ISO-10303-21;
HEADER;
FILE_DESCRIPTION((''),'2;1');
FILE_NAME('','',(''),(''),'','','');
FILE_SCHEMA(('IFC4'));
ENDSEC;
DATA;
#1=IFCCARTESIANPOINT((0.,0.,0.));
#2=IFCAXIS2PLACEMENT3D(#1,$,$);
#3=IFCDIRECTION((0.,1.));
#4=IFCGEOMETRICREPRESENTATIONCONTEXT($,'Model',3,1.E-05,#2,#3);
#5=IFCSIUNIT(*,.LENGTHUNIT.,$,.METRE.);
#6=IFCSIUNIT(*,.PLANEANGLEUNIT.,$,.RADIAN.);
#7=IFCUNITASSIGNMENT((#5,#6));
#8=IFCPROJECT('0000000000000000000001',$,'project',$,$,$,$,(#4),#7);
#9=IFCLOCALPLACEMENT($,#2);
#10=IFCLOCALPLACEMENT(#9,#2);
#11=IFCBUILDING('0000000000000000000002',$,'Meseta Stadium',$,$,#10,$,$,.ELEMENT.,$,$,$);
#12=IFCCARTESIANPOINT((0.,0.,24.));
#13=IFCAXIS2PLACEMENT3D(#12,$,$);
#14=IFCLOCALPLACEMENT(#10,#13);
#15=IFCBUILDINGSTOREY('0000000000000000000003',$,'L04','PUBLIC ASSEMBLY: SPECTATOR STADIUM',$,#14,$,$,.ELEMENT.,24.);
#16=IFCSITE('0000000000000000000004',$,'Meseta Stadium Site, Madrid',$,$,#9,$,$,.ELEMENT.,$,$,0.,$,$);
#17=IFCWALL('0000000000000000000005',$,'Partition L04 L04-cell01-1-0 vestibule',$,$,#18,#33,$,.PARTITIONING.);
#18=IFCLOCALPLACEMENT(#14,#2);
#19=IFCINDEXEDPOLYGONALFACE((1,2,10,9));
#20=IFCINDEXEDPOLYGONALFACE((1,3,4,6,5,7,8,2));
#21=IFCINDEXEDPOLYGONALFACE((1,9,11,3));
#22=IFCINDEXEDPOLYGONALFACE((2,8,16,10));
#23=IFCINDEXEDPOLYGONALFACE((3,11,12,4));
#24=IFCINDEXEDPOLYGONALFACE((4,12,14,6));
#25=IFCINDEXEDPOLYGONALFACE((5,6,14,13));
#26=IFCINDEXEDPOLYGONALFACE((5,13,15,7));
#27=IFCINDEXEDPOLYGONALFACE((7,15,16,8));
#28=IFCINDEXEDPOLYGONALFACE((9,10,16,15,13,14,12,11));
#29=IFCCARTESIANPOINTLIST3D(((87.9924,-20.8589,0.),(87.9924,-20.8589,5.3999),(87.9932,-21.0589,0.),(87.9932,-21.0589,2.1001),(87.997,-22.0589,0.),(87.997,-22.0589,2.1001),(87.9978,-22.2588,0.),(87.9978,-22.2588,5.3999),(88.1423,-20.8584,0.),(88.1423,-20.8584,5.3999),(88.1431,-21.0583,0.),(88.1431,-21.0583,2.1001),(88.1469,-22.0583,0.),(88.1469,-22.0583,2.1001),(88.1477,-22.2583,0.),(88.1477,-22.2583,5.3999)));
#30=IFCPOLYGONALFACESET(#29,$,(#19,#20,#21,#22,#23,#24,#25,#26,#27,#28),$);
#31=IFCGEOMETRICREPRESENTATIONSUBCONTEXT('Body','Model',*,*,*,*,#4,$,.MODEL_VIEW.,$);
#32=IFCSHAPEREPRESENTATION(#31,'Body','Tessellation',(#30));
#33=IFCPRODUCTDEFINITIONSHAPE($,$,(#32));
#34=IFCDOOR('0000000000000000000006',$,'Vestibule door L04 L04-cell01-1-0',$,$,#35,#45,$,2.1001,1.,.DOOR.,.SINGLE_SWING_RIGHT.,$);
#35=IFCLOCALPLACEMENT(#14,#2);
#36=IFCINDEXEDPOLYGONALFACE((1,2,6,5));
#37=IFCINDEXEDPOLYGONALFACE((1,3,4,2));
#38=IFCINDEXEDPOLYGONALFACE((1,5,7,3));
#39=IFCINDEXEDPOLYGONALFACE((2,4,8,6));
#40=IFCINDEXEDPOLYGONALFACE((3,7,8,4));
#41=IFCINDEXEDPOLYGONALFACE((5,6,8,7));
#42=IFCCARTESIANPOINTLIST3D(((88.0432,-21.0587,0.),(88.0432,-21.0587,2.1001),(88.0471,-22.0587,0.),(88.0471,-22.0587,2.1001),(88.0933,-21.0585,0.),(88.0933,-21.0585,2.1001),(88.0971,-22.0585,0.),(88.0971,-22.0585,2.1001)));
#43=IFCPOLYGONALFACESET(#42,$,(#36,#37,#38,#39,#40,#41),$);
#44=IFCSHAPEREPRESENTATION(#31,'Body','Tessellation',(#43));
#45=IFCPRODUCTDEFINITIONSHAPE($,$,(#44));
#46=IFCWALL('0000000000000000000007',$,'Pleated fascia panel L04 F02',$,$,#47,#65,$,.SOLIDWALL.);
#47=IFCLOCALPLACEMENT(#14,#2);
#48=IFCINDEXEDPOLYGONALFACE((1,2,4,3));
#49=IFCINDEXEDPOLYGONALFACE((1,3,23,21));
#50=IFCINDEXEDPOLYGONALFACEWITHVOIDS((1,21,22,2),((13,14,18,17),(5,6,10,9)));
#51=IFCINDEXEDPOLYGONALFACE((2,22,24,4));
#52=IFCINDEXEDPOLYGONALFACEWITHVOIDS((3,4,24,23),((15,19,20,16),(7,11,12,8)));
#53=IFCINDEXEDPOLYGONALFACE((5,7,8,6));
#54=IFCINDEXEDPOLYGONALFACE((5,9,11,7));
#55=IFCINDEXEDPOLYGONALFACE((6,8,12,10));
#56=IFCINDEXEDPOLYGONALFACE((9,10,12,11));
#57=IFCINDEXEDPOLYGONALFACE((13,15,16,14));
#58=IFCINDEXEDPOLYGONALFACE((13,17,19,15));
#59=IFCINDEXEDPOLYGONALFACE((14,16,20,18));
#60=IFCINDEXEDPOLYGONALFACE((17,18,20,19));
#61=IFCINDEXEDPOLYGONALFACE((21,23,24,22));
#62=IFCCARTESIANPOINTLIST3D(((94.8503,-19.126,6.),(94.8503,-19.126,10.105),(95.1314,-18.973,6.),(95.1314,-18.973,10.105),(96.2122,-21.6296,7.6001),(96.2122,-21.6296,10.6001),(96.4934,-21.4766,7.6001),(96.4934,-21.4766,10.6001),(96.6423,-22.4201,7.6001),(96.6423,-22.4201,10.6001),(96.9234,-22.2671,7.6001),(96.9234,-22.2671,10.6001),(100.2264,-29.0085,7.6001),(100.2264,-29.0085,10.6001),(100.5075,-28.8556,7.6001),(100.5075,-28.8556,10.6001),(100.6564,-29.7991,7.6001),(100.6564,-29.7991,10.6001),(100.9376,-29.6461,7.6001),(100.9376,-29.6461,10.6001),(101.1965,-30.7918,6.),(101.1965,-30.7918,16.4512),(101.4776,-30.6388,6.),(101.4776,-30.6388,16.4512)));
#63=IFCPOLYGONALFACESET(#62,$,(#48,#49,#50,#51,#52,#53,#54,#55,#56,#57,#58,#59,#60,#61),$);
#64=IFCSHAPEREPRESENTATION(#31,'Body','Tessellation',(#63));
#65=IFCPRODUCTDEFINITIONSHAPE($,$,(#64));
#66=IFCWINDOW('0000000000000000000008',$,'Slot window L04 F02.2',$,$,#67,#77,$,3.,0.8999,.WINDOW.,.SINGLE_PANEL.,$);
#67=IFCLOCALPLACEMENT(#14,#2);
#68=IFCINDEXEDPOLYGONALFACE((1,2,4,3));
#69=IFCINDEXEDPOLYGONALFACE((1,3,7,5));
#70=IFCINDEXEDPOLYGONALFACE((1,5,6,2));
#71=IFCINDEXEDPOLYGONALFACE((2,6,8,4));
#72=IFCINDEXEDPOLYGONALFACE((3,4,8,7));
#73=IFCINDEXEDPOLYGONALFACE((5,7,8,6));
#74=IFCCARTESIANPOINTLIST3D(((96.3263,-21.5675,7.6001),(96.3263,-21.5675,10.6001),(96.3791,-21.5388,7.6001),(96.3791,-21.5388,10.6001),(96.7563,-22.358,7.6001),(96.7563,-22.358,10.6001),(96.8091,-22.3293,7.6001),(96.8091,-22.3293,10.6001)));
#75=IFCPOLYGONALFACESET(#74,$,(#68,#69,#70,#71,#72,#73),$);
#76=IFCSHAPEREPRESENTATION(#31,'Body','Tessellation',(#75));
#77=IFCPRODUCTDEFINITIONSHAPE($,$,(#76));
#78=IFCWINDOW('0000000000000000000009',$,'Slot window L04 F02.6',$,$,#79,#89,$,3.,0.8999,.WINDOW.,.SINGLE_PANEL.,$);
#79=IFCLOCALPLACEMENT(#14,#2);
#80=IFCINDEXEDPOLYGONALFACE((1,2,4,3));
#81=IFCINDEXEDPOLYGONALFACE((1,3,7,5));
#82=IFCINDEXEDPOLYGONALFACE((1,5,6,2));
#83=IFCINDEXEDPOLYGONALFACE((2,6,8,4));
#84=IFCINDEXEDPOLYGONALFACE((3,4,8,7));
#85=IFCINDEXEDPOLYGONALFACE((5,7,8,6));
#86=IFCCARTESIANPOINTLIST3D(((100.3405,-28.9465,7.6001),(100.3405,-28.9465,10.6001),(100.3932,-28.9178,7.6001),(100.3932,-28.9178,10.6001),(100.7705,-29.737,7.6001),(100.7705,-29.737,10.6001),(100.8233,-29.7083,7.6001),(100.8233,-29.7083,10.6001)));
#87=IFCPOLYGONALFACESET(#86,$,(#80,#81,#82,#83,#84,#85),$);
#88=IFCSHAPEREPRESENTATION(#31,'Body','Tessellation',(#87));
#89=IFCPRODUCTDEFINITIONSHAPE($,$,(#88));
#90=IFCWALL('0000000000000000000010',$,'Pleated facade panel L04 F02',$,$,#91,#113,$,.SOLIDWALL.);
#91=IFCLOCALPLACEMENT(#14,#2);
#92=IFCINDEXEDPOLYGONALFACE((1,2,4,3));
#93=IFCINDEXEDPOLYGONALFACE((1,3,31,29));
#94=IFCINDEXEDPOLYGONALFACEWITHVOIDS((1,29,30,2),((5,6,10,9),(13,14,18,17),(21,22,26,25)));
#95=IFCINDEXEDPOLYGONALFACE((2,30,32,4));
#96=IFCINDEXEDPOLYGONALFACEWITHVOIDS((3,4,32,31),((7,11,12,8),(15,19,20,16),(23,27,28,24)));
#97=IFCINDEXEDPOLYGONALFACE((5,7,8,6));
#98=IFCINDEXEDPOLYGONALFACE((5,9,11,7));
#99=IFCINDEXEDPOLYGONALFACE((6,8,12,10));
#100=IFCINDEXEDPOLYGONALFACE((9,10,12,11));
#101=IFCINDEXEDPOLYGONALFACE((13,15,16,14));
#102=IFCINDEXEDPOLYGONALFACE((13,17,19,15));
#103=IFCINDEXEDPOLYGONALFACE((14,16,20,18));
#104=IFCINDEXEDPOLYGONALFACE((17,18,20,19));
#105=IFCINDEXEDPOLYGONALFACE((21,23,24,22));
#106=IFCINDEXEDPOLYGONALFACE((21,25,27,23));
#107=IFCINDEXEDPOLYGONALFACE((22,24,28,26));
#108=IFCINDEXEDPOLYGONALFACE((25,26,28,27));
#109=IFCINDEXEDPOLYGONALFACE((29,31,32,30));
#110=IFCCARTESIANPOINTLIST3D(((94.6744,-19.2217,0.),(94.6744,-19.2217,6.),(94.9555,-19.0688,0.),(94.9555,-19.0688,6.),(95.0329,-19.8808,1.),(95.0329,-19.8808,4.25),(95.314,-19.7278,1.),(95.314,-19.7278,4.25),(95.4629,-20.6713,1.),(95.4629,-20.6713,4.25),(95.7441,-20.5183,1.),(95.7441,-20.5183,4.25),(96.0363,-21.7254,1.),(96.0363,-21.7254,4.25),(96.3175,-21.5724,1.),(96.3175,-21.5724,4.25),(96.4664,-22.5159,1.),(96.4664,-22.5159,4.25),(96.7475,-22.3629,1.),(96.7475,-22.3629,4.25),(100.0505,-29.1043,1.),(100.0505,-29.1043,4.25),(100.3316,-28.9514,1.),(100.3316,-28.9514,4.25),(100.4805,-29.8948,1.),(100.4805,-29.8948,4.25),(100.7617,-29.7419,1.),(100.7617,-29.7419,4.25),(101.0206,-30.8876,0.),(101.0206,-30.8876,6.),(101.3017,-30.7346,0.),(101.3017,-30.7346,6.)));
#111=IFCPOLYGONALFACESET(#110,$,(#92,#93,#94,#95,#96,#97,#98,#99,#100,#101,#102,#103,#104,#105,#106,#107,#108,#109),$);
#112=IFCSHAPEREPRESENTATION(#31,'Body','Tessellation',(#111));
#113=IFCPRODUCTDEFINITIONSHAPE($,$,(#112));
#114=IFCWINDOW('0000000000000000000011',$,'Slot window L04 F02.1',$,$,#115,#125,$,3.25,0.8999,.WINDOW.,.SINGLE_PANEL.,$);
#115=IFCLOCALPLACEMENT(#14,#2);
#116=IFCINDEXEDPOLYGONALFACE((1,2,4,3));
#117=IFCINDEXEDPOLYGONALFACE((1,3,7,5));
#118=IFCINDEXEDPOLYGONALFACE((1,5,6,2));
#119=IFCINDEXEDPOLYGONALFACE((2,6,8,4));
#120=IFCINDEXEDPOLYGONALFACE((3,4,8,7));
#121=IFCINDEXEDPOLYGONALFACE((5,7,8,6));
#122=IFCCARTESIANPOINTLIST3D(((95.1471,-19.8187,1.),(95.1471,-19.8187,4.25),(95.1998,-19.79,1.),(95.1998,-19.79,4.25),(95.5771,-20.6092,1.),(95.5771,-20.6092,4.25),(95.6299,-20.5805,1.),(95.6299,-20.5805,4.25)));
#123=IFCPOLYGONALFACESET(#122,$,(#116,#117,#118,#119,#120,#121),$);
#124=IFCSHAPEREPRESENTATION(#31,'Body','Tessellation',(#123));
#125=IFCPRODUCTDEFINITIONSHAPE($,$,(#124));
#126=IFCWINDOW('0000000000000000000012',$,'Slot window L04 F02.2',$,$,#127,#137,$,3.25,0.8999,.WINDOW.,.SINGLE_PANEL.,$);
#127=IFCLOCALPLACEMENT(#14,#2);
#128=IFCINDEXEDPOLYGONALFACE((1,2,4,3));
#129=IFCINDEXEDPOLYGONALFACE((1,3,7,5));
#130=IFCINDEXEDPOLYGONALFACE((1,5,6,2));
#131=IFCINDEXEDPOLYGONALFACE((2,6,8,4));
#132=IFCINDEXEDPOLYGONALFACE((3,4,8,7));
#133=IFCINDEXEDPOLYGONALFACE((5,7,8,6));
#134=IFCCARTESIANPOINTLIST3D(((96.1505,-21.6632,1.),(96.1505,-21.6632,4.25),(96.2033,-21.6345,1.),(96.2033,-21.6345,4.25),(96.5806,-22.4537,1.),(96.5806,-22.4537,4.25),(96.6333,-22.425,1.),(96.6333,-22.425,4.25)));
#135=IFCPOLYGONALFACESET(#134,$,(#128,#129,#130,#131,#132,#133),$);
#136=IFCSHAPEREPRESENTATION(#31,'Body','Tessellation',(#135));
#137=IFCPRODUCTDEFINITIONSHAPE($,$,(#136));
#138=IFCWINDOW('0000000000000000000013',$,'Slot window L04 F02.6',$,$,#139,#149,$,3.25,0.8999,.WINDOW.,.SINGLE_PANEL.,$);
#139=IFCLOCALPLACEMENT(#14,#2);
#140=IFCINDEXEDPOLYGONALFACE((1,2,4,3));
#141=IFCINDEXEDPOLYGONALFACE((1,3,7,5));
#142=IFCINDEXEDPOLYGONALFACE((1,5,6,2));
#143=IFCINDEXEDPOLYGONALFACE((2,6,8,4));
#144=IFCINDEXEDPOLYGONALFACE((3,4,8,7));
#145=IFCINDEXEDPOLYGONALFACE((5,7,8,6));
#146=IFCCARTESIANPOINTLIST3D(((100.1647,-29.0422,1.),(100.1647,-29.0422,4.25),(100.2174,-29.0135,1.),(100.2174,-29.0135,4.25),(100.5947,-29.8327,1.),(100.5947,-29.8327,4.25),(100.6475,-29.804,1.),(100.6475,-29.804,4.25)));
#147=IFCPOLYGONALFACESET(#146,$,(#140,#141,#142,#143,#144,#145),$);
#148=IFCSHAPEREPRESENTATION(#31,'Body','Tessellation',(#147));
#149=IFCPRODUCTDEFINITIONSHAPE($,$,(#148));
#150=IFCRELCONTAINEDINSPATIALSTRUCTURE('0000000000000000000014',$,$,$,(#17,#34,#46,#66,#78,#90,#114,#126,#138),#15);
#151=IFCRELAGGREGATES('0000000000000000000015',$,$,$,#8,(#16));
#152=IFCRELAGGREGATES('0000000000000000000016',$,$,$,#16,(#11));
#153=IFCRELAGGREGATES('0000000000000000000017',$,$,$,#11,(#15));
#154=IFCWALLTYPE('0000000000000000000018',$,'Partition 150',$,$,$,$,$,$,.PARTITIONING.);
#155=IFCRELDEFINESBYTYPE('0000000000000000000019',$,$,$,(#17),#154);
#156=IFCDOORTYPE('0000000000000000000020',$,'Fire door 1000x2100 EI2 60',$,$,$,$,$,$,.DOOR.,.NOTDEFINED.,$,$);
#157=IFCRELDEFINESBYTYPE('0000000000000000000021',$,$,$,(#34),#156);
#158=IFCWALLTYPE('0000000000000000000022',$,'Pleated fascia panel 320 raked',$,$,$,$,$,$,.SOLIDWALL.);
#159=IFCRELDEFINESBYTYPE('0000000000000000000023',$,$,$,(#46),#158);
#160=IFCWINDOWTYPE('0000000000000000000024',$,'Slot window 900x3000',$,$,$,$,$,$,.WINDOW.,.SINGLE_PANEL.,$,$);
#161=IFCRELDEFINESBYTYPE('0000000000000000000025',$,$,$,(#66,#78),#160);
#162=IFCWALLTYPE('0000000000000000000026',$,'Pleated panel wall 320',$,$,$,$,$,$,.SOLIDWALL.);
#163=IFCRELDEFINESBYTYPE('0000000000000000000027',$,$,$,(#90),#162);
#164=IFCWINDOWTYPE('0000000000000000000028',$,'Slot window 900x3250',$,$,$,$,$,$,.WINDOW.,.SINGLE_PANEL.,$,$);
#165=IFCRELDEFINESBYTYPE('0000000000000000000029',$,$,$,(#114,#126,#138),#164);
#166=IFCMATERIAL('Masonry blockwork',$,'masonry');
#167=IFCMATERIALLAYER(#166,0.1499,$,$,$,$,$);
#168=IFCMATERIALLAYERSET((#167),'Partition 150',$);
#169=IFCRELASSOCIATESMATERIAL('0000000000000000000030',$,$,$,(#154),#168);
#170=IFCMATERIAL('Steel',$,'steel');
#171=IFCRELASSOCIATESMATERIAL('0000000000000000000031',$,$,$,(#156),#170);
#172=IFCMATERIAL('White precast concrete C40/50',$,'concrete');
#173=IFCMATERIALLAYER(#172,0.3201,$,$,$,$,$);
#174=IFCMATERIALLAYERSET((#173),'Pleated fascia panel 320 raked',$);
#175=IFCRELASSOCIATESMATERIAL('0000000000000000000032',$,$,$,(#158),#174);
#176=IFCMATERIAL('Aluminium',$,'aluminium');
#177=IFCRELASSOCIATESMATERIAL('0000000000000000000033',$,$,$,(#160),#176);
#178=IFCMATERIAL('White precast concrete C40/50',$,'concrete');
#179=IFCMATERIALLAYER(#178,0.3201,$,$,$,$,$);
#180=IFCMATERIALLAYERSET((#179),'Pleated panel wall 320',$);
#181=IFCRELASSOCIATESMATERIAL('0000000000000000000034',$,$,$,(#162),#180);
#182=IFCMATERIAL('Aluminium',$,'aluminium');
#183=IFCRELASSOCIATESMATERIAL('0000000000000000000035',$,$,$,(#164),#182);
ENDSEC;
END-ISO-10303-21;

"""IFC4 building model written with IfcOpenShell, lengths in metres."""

from ifc_helpers import new_model, si_unit, direction, frame, frame_2d, origin, place, context, subcontext, project, spatial, polyline, rectangle, outline, extrude, material, layer, layer_set, type_object, element, fill, save


model = new_model("IFC4")

# Units and contexts
model_context = context("Model", 3, precision=1e-05, world=origin(), true_north=direction((0.0, 1.0)))
body_context = subcontext(model_context, "Body", "Model", "MODEL_VIEW")
ifc_project = project(units=[si_unit("LENGTHUNIT", "METRE"), si_unit("PLANEANGLEUNIT", "RADIAN")], contexts=[model_context])

# Site, building, storey
site_placement = place(None, origin())
site = spatial("IfcSite", under=ifc_project, at=site_placement, Name="Meseta Stadium Site, Madrid", CompositionType="ELEMENT", RefElevation=0.0)
building_placement = place(site_placement, origin())
building = spatial("IfcBuilding", under=site, at=building_placement, Name="Meseta Stadium", CompositionType="ELEMENT")
storey_placement = place(building_placement, frame((0.0, 0.0, 24.0)))
storey = spatial("IfcBuildingStorey", under=building, at=storey_placement, Name="L04", Description="PUBLIC ASSEMBLY: SPECTATOR STADIUM", CompositionType="ELEMENT", Elevation=24.0)

# Shared definitions
ifc_material_1 = material(Name="Masonry blockwork", Category="masonry")
ifc_layer_1 = layer(ifc_material_1, 0.1499)
ifc_layer_set_1 = layer_set([ifc_layer_1], Name="Partition 150")
wall_type_1 = type_object("IfcWallType", Name="Partition 150", PredefinedType="PARTITIONING", material=ifc_layer_set_1)
ifc_material_2 = material(Name="Steel", Category="steel")
door_type = type_object("IfcDoorType", Name="Fire door 1000x2100 EI2 60", OperationType="NOTDEFINED", PredefinedType="DOOR", material=ifc_material_2)

# Wall, opening, door
wall_1_placement = place(storey_placement, frame((88.0728, -22.2585, 0.0), z_axis=(0.0, 0.0, 1.0), x_axis=(-0.003837, 0.999993, 0.0)))
wall_1 = element("IfcWall", 1, at=wall_1_placement, inside=storey, type_object=wall_type_1, Name="Partition L04 L04-cell01-1-0 vestibule", PredefinedType="PARTITIONING", context=body_context, shape_type="SweptSolid", body=[
    extrude(rectangle(XDim=1.3999, YDim=0.1499, at=frame_2d((0.7, 0.0))), origin(), (0.0, 0.0, 1.0), 5.3999),
])
opening_1_placement = place(wall_1_placement, frame((0.2, 0.0, 0.0)))
opening_1 = element("IfcOpeningElement", 2, at=opening_1_placement, cuts=wall_1, PredefinedType="OPENING", context=body_context, shape_type="SweptSolid", body=[
    extrude(rectangle(XDim=1.0, YDim=2.1001, at=frame_2d((0.5, 1.05))), frame((0.0, 0.085, 0.0), z_axis=(0.0, -1.0, 0.0), x_axis=(1.0, 0.0, 0.0)), (0.0, 0.0, 1.0), 0.1699),
])
door_1_placement = place(opening_1_placement, origin())
door_1 = element("IfcDoor", 3, at=door_1_placement, inside=storey, type_object=door_type, Name="Vestibule door L04 L04-cell01-1-0", OperationType="SINGLE_SWING_RIGHT", OverallHeight=2.1001, OverallWidth=1.0, PredefinedType="DOOR", context=body_context, shape_type="SweptSolid", body=[
    extrude(rectangle(XDim=1.0, YDim=2.1001, at=frame_2d((0.5, 1.05))), frame((0.0, 0.0249, 0.0), z_axis=(0.0, -1.0, 0.0), x_axis=(1.0, 0.0, 0.0)), (0.0, 0.0, 1.0), 0.05),
])
fill(opening_1, door_1)

# Walls, openings, windows
ifc_material_3 = material(Name="White precast concrete C40/50", Category="concrete")
ifc_layer_2 = layer(ifc_material_3, 0.3201)
ifc_layer_set_2 = layer_set([ifc_layer_2], Name="Pleated fascia panel 320 raked")
wall_type_2 = type_object("IfcWallType", Name="Pleated fascia panel 320 raked", PredefinedType="SOLIDWALL", material=ifc_layer_set_2)
wall_2_placement = place(storey_placement, frame((94.9907, -19.0496, 6.0), z_axis=(0.0, 0.0, 1.0), x_axis=(0.477868, -0.878432, 0.0)))
wall_2 = element("IfcWall", 4, at=wall_2_placement, inside=storey, type_object=wall_type_2, Name="Pleated fascia panel L04 F02", PredefinedType="SOLIDWALL", context=body_context, shape_type="SweptSolid", body=[
    extrude(outline(polyline([(0.0, 0.0), (13.2803, 0.0), (13.2803, 10.4512), (0.0, 4.105), (0.0, 0.0)])), frame((0.0, 0.1602, 0.0), z_axis=(0.0, -1.0, 0.0), x_axis=(1.0, 0.0, 0.0)), (0.0, 0.0, 1.0), 0.3201),
])
opening_2_placement = place(wall_2_placement, frame((2.8501, 0.0, 1.6001)))
opening_2 = element("IfcOpeningElement", 5, at=opening_2_placement, cuts=wall_2, PredefinedType="OPENING", context=body_context, shape_type="SweptSolid", body=[
    extrude(rectangle(XDim=0.8999, YDim=3.0, at=frame_2d((0.45, 1.5))), frame((0.0, 0.1699, 0.0), z_axis=(0.0, -1.0, 0.0), x_axis=(1.0, 0.0, 0.0)), (0.0, 0.0, 1.0), 0.3401),
])
opening_3_placement = place(wall_2_placement, frame((11.2502, 0.0, 1.6001)))
opening_3 = element("IfcOpeningElement", 6, at=opening_3_placement, cuts=wall_2, PredefinedType="OPENING", context=body_context, shape_type="SweptSolid", body=[
    extrude(rectangle(XDim=0.8999, YDim=3.0, at=frame_2d((0.45, 1.5))), frame((0.0, 0.1699, 0.0), z_axis=(0.0, -1.0, 0.0), x_axis=(1.0, 0.0, 0.0)), (0.0, 0.0, 1.0), 0.3401),
])
ifc_material_4 = material(Name="Aluminium", Category="aluminium")
window_type_1 = type_object("IfcWindowType", Name="Slot window 900x3000", PartitioningType="SINGLE_PANEL", PredefinedType="WINDOW", material=ifc_material_4)
window_1_placement = place(opening_2_placement, origin())
window_1 = element("IfcWindow", 7, at=window_1_placement, inside=storey, type_object=window_type_1, Name="Slot window L04 F02.2", OverallHeight=3.0, OverallWidth=0.8999, PartitioningType="SINGLE_PANEL", PredefinedType="WINDOW", context=body_context, shape_type="SweptSolid", body=[
    extrude(rectangle(XDim=0.8999, YDim=3.0, at=frame_2d((0.45, 1.5))), frame((0.0, 0.03, 0.0), z_axis=(0.0, -1.0, 0.0), x_axis=(1.0, 0.0, 0.0)), (0.0, 0.0, 1.0), 0.0601),
])
fill(opening_2, window_1)
window_2_placement = place(opening_3_placement, origin())
window_2 = element("IfcWindow", 8, at=window_2_placement, inside=storey, type_object=window_type_1, Name="Slot window L04 F02.6", OverallHeight=3.0, OverallWidth=0.8999, PartitioningType="SINGLE_PANEL", PredefinedType="WINDOW", context=body_context, shape_type="SweptSolid", body=[
    extrude(rectangle(XDim=0.8999, YDim=3.0, at=frame_2d((0.45, 1.5))), frame((0.0, 0.03, 0.0), z_axis=(0.0, -1.0, 0.0), x_axis=(1.0, 0.0, 0.0)), (0.0, 0.0, 1.0), 0.0601),
])
fill(opening_3, window_2)
ifc_material_5 = material(Name="White precast concrete C40/50", Category="concrete")
ifc_layer_3 = layer(ifc_material_5, 0.3201)
ifc_layer_set_3 = layer_set([ifc_layer_3], Name="Pleated panel wall 320")
wall_type_3 = type_object("IfcWallType", Name="Pleated panel wall 320", PredefinedType="SOLIDWALL", material=ifc_layer_set_3)
wall_3_placement = place(storey_placement, frame((94.8149, -19.1453, 0.0), z_axis=(0.0, 0.0, 1.0), x_axis=(0.477868, -0.878432, 0.0)))
wall_3 = element("IfcWall", 9, at=wall_3_placement, inside=storey, type_object=wall_type_3, Name="Pleated facade panel L04 F02", PredefinedType="SOLIDWALL", context=body_context, shape_type="SweptSolid", body=[
    extrude(rectangle(XDim=13.2803, YDim=0.3201, at=frame_2d((6.6401, 0.0))), origin(), (0.0, 0.0, 1.0), 6.0),
])
opening_4_placement = place(wall_3_placement, frame((0.7502, 0.0, 1.0)))
opening_4 = element("IfcOpeningElement", 10, at=opening_4_placement, cuts=wall_3, PredefinedType="OPENING", context=body_context, shape_type="SweptSolid", body=[
    extrude(rectangle(XDim=0.8999, YDim=3.25, at=frame_2d((0.45, 1.625))), frame((0.0, 0.1699, 0.0), z_axis=(0.0, -1.0, 0.0), x_axis=(1.0, 0.0, 0.0)), (0.0, 0.0, 1.0), 0.3401),
])
opening_5_placement = place(wall_3_placement, frame((2.8501, 0.0, 1.0)))
opening_5 = element("IfcOpeningElement", 11, at=opening_5_placement, cuts=wall_3, PredefinedType="OPENING", context=body_context, shape_type="SweptSolid", body=[
    extrude(rectangle(XDim=0.8999, YDim=3.25, at=frame_2d((0.45, 1.625))), frame((0.0, 0.1699, 0.0), z_axis=(0.0, -1.0, 0.0), x_axis=(1.0, 0.0, 0.0)), (0.0, 0.0, 1.0), 0.3401),
])
opening_6_placement = place(wall_3_placement, frame((11.2502, 0.0, 1.0)))
opening_6 = element("IfcOpeningElement", 12, at=opening_6_placement, cuts=wall_3, PredefinedType="OPENING", context=body_context, shape_type="SweptSolid", body=[
    extrude(rectangle(XDim=0.8999, YDim=3.25, at=frame_2d((0.45, 1.625))), frame((0.0, 0.1699, 0.0), z_axis=(0.0, -1.0, 0.0), x_axis=(1.0, 0.0, 0.0)), (0.0, 0.0, 1.0), 0.3401),
])
ifc_material_6 = material(Name="Aluminium", Category="aluminium")
window_type_2 = type_object("IfcWindowType", Name="Slot window 900x3250", PartitioningType="SINGLE_PANEL", PredefinedType="WINDOW", material=ifc_material_6)
window_3_placement = place(opening_4_placement, origin())
window_3 = element("IfcWindow", 13, at=window_3_placement, inside=storey, type_object=window_type_2, Name="Slot window L04 F02.1", OverallHeight=3.25, OverallWidth=0.8999, PartitioningType="SINGLE_PANEL", PredefinedType="WINDOW", context=body_context, shape_type="SweptSolid", body=[
    extrude(rectangle(XDim=0.8999, YDim=3.25, at=frame_2d((0.45, 1.625))), frame((0.0, 0.03, 0.0), z_axis=(0.0, -1.0, 0.0), x_axis=(1.0, 0.0, 0.0)), (0.0, 0.0, 1.0), 0.0601),
])
fill(opening_4, window_3)
window_4_placement = place(opening_5_placement, origin())
window_4 = element("IfcWindow", 14, at=window_4_placement, inside=storey, type_object=window_type_2, Name="Slot window L04 F02.2", OverallHeight=3.25, OverallWidth=0.8999, PartitioningType="SINGLE_PANEL", PredefinedType="WINDOW", context=body_context, shape_type="SweptSolid", body=[
    extrude(rectangle(XDim=0.8999, YDim=3.25, at=frame_2d((0.45, 1.625))), frame((0.0, 0.03, 0.0), z_axis=(0.0, -1.0, 0.0), x_axis=(1.0, 0.0, 0.0)), (0.0, 0.0, 1.0), 0.0601),
])
fill(opening_5, window_4)
window_5_placement = place(opening_6_placement, origin())
window_5 = element("IfcWindow", 15, at=window_5_placement, inside=storey, type_object=window_type_2, Name="Slot window L04 F02.6", OverallHeight=3.25, OverallWidth=0.8999, PartitioningType="SINGLE_PANEL", PredefinedType="WINDOW", context=body_context, shape_type="SweptSolid", body=[
    extrude(rectangle(XDim=0.8999, YDim=3.25, at=frame_2d((0.45, 1.625))), frame((0.0, 0.03, 0.0), z_axis=(0.0, -1.0, 0.0), x_axis=(1.0, 0.0, 0.0)), (0.0, 0.0, 1.0), 0.0601),
])
fill(opening_6, window_5)

save(model, "model.ifc")
